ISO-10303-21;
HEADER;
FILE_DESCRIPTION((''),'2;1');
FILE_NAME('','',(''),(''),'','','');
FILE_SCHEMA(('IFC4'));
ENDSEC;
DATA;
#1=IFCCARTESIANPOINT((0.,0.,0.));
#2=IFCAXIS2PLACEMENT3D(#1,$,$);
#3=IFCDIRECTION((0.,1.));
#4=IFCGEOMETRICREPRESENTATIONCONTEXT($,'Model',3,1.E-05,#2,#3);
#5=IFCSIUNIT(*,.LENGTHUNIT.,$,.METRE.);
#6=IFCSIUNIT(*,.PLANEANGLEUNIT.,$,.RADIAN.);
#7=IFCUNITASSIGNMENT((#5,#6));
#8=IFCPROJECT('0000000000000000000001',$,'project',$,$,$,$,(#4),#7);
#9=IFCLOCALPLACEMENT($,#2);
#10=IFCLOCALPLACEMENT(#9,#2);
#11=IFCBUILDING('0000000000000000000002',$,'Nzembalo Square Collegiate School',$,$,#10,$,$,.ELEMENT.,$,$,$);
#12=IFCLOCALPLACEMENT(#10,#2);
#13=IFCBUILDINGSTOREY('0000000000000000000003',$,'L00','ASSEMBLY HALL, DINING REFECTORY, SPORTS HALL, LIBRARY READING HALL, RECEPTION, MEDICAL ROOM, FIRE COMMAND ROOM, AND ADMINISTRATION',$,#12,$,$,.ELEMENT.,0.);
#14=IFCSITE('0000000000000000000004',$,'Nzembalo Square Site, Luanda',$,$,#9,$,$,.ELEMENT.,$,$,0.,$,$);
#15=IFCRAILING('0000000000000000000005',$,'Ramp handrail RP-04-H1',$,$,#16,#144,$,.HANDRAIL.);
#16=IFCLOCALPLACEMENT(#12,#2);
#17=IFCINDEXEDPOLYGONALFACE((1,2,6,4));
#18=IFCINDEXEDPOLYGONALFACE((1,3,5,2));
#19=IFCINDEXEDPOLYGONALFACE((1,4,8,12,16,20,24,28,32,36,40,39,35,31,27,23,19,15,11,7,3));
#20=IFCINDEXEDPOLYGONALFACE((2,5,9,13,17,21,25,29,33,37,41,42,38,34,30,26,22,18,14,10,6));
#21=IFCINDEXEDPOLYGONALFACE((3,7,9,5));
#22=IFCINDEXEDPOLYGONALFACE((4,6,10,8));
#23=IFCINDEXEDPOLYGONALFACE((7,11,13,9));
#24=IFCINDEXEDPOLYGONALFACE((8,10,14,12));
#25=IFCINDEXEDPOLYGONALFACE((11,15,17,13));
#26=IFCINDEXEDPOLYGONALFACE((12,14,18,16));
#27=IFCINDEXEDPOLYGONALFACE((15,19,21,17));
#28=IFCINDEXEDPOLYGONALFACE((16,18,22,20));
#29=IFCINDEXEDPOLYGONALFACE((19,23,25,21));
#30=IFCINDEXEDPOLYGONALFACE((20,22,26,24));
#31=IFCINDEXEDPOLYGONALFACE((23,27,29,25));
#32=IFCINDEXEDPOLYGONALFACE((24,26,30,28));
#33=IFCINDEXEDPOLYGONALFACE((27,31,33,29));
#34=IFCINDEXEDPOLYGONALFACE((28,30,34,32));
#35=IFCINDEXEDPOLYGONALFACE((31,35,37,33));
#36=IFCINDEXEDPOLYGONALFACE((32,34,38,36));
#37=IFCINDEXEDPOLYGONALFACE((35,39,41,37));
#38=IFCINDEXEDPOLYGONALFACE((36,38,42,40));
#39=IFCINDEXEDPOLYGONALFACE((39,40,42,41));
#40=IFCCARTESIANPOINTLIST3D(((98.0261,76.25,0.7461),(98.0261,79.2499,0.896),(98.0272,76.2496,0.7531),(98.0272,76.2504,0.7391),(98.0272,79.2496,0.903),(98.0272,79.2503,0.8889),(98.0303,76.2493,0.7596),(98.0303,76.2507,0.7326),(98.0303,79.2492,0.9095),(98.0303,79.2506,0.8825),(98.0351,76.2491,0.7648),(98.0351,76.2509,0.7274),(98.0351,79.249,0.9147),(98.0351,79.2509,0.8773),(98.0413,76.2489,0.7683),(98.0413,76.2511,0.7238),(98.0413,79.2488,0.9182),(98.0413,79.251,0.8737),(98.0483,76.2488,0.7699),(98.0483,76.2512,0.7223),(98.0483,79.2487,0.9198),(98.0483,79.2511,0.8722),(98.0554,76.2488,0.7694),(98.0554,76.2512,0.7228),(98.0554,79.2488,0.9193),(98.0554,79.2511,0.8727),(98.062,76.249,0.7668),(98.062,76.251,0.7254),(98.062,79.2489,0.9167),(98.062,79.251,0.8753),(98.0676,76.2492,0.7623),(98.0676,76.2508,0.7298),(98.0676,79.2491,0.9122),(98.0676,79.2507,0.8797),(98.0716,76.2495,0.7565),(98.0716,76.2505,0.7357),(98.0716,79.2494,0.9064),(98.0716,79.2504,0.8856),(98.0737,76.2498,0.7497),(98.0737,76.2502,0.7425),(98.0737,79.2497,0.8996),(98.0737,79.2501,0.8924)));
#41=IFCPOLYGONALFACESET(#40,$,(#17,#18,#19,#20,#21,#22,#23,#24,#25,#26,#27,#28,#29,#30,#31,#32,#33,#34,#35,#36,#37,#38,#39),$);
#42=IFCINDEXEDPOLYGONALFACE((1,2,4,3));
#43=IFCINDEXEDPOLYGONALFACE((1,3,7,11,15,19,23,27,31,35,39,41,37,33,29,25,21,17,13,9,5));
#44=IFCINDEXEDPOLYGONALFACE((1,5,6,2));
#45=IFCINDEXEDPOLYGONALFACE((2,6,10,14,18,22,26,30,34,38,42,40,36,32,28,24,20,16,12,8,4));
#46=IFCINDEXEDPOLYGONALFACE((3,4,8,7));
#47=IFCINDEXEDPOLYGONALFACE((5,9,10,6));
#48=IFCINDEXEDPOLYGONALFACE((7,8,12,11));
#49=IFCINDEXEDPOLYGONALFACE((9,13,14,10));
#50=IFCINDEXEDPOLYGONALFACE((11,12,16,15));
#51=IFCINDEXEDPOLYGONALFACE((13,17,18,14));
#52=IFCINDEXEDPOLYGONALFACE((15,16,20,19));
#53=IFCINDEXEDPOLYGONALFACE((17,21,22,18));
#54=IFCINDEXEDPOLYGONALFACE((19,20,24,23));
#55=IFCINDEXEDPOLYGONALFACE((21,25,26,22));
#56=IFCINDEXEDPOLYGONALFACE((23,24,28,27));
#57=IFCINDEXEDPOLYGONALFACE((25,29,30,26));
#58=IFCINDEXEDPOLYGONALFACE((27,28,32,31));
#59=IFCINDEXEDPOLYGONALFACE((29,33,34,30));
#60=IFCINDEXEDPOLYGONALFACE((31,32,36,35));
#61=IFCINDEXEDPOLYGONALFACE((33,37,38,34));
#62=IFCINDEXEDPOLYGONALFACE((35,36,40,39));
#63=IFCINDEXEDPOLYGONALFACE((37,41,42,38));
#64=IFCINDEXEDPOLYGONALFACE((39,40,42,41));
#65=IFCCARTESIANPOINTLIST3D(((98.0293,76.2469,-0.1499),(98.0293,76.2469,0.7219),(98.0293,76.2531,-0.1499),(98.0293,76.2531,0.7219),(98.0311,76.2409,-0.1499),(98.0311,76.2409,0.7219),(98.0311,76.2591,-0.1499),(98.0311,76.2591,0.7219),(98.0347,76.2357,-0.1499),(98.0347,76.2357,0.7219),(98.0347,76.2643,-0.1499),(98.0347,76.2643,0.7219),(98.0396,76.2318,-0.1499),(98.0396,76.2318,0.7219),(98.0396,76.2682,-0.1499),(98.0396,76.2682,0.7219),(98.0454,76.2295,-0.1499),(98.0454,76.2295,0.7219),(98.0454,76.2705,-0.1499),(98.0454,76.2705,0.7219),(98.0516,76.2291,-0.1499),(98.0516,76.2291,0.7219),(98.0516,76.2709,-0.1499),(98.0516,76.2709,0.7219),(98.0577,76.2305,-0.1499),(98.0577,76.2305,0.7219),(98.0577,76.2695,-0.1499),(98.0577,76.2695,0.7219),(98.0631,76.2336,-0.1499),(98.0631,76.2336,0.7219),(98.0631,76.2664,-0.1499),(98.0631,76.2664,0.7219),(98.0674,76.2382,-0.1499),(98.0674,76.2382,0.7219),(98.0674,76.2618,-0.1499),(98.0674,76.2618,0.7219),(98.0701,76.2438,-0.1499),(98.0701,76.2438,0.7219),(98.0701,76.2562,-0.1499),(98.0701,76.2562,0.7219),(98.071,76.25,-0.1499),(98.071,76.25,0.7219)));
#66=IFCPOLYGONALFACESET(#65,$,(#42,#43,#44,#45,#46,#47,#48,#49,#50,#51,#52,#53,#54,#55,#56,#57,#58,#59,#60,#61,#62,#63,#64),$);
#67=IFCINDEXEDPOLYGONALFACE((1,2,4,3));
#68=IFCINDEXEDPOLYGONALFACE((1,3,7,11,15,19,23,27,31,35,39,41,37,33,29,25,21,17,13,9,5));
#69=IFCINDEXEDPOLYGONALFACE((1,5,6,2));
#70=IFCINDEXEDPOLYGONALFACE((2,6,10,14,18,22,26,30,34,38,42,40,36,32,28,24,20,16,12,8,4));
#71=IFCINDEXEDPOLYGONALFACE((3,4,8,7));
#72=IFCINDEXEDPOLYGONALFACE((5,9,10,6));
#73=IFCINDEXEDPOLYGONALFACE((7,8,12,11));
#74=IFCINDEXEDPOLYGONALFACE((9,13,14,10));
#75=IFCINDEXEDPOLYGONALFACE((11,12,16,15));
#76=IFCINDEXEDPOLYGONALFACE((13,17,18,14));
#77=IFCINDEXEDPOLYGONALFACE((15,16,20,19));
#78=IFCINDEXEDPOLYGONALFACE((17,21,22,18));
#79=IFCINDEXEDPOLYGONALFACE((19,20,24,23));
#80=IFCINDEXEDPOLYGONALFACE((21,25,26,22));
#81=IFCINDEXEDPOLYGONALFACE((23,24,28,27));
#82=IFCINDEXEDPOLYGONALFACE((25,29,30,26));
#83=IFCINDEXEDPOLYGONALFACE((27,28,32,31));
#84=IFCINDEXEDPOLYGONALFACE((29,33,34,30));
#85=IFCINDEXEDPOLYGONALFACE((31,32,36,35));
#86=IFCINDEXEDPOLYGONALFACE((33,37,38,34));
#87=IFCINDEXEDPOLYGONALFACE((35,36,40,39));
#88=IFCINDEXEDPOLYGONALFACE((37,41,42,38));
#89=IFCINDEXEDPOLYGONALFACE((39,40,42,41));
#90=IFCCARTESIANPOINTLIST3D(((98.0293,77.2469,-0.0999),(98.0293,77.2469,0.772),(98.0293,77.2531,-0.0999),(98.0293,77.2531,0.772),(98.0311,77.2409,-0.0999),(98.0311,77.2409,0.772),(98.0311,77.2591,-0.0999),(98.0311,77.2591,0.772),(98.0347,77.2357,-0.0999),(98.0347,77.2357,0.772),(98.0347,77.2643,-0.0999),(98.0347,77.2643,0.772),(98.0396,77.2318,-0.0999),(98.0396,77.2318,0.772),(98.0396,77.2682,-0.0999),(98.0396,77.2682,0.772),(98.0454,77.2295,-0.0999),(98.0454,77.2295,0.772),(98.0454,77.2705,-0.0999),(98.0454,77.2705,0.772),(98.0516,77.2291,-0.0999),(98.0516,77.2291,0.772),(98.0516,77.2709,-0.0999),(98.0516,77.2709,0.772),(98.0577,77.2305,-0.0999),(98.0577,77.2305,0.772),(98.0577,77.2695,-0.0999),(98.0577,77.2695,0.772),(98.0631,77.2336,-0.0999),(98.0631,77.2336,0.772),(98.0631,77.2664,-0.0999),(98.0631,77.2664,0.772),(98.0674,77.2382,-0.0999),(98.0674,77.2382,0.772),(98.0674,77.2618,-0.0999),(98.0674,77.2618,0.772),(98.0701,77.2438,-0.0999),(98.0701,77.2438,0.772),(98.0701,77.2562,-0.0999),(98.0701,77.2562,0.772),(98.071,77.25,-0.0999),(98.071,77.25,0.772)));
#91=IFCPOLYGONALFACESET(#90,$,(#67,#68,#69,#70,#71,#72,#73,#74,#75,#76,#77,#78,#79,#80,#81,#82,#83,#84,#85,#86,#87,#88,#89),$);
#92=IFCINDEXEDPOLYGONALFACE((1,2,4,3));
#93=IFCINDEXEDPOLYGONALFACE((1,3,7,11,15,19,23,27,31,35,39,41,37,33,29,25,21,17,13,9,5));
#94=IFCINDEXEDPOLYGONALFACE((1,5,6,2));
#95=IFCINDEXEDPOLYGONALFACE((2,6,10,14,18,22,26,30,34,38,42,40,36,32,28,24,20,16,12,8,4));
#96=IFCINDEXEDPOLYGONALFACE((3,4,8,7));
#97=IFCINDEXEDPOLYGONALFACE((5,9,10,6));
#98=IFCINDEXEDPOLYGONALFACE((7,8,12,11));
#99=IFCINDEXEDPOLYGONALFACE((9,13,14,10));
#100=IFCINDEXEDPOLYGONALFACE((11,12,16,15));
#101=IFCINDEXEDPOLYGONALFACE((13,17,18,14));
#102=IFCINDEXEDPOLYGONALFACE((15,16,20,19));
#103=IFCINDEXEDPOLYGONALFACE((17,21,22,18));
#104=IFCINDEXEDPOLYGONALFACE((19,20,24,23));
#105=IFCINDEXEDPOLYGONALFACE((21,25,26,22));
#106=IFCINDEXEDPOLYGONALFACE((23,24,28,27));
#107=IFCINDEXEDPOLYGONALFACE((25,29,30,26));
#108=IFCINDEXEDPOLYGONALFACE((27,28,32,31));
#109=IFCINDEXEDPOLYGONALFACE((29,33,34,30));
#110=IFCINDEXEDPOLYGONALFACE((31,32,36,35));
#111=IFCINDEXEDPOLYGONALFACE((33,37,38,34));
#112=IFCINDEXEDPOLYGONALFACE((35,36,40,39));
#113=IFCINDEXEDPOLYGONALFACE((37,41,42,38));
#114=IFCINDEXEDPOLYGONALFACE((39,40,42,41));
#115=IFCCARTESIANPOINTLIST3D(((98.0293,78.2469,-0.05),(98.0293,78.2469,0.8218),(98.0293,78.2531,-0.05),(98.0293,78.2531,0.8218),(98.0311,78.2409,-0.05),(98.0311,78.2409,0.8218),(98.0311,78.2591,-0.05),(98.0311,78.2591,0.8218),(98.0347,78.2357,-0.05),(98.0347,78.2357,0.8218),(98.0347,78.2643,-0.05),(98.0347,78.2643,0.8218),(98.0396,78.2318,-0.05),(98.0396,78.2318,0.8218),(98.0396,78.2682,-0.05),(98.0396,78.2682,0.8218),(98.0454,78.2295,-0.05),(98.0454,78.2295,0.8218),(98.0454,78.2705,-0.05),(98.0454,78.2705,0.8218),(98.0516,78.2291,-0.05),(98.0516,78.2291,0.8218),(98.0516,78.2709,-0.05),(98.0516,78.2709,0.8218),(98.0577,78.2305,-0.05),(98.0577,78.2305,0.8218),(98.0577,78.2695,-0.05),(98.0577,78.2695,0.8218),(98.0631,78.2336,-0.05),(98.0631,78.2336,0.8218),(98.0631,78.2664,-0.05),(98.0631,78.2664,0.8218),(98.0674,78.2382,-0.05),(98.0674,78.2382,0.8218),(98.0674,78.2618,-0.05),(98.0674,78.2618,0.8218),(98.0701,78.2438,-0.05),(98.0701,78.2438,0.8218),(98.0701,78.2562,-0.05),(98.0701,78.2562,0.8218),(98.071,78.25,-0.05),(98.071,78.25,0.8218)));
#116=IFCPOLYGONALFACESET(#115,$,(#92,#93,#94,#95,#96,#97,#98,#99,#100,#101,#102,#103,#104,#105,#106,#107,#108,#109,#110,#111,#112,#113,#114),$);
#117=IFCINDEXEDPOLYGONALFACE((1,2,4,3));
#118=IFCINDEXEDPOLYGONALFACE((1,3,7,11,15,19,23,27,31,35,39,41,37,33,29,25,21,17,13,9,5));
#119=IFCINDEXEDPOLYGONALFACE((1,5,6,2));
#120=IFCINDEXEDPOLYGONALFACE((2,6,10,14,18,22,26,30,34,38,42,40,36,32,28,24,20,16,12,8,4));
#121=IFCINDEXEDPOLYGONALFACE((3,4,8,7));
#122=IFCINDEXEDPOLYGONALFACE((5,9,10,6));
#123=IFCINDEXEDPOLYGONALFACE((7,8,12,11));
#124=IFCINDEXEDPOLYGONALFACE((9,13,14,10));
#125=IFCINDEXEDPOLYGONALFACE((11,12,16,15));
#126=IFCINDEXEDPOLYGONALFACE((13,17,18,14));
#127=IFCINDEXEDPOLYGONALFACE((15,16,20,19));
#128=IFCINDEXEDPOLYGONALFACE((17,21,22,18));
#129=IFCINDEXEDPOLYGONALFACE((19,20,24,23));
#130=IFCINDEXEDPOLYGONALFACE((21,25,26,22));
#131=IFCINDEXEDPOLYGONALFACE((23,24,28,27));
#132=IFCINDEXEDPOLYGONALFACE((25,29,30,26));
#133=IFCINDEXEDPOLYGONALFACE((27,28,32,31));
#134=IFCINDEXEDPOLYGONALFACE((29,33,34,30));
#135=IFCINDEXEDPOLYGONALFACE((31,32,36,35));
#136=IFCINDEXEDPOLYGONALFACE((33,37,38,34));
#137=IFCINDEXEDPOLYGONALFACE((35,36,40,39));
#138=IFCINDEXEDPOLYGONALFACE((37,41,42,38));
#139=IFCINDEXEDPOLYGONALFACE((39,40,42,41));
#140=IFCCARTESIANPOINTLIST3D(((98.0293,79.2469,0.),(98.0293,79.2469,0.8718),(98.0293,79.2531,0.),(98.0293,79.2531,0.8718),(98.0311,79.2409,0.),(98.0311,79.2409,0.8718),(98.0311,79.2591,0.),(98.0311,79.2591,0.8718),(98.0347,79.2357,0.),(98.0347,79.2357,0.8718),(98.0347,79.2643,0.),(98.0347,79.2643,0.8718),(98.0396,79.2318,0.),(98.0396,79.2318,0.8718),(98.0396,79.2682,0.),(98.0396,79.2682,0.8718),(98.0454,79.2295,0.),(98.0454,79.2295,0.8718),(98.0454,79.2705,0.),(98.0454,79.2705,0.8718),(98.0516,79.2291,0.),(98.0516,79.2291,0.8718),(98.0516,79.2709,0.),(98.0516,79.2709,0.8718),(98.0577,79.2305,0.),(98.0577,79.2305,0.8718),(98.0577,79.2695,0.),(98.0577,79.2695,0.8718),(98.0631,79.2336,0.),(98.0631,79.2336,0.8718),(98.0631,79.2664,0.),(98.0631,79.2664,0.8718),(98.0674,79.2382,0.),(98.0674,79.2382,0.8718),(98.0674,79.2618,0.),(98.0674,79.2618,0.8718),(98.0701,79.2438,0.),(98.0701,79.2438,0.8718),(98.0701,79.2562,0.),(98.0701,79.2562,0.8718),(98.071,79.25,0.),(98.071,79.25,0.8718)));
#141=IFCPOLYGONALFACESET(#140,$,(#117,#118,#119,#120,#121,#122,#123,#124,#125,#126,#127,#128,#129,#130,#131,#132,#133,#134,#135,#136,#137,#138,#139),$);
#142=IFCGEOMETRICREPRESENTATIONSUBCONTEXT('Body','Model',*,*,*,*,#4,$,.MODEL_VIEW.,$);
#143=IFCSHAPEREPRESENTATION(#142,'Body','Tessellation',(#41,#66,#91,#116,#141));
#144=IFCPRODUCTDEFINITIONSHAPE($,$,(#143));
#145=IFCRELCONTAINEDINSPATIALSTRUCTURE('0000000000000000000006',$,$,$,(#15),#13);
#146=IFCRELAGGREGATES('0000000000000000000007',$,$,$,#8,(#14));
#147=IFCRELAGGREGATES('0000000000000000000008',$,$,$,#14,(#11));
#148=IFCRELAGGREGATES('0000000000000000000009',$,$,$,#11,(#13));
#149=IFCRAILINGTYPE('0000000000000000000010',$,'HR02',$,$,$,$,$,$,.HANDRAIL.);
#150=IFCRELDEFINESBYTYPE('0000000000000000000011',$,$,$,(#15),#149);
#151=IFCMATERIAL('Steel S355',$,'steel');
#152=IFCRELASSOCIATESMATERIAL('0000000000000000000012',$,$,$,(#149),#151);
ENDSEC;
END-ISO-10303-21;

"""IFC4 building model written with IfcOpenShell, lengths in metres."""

from ifc_helpers import new_model, si_unit, direction, frame, origin, origin_2d, place, context, subcontext, project, spatial, circle, extrude, material, type_object, element, save


model = new_model("IFC4")

# Units and contexts
model_context = context("Model", 3, precision=1e-05, world=origin(), true_north=direction((0.0, 1.0)))
body_context = subcontext(model_context, "Body", "Model", "MODEL_VIEW")
ifc_project = project(units=[si_unit("LENGTHUNIT", "METRE"), si_unit("PLANEANGLEUNIT", "RADIAN")], contexts=[model_context])

# Site, building, storey
site_placement = place(None, origin())
site = spatial("IfcSite", under=ifc_project, at=site_placement, Name="Nzembalo Square Site, Luanda", CompositionType="ELEMENT", RefElevation=0.0)
building_placement = place(site_placement, origin())
building = spatial("IfcBuilding", under=site, at=building_placement, Name="Nzembalo Square Collegiate School", CompositionType="ELEMENT")
storey_placement = place(building_placement, origin())
storey = spatial("IfcBuildingStorey", under=building, at=storey_placement, Name="L00", Description="ASSEMBLY HALL, DINING REFECTORY, SPORTS HALL, LIBRARY READING HALL, RECEPTION, MEDICAL ROOM, FIRE COMMAND ROOM, AND ADMINISTRATION", CompositionType="ELEMENT", Elevation=0.0)

# Railing
ifc_material_1 = material(Name="Steel S355", Category="steel")
railing_type = type_object("IfcRailingType", Name="HR02", PredefinedType="HANDRAIL", material=ifc_material_1)
for number, where, name in (
    (1, (98.05, 76.25, -0.1499), "Ramp handrail RP-04-H1"),
):
    element("IfcRailing", number, at=place(storey_placement, frame(where)), inside=storey, type_object=railing_type, Name=name, PredefinedType="HANDRAIL", context=body_context, shape_type="SweptSolid", body=[
        extrude(circle(Radius=0.0239, at=origin_2d()), frame((0.0, 0.0, 0.896), z_axis=(0.0, 0.998754, 0.049905), x_axis=(-1.0, 0.0, 0.0)), (0.0, 0.0, 1.0), 3.0037),
        extrude(circle(Radius=0.021, at=origin_2d()), origin(), (0.0, 0.0, 1.0), 0.8718),
        extrude(circle(Radius=0.021, at=origin_2d()), frame((0.0, 1.0, 0.05)), (0.0, 0.0, 1.0), 0.8718),
        extrude(circle(Radius=0.021, at=origin_2d()), frame((0.0, 2.0, 0.0999)), (0.0, 0.0, 1.0), 0.8718),
        extrude(circle(Radius=0.021, at=origin_2d()), frame((0.0, 3.0, 0.1499)), (0.0, 0.0, 1.0), 0.8718),
    ])

save(model, "model.ifc")
